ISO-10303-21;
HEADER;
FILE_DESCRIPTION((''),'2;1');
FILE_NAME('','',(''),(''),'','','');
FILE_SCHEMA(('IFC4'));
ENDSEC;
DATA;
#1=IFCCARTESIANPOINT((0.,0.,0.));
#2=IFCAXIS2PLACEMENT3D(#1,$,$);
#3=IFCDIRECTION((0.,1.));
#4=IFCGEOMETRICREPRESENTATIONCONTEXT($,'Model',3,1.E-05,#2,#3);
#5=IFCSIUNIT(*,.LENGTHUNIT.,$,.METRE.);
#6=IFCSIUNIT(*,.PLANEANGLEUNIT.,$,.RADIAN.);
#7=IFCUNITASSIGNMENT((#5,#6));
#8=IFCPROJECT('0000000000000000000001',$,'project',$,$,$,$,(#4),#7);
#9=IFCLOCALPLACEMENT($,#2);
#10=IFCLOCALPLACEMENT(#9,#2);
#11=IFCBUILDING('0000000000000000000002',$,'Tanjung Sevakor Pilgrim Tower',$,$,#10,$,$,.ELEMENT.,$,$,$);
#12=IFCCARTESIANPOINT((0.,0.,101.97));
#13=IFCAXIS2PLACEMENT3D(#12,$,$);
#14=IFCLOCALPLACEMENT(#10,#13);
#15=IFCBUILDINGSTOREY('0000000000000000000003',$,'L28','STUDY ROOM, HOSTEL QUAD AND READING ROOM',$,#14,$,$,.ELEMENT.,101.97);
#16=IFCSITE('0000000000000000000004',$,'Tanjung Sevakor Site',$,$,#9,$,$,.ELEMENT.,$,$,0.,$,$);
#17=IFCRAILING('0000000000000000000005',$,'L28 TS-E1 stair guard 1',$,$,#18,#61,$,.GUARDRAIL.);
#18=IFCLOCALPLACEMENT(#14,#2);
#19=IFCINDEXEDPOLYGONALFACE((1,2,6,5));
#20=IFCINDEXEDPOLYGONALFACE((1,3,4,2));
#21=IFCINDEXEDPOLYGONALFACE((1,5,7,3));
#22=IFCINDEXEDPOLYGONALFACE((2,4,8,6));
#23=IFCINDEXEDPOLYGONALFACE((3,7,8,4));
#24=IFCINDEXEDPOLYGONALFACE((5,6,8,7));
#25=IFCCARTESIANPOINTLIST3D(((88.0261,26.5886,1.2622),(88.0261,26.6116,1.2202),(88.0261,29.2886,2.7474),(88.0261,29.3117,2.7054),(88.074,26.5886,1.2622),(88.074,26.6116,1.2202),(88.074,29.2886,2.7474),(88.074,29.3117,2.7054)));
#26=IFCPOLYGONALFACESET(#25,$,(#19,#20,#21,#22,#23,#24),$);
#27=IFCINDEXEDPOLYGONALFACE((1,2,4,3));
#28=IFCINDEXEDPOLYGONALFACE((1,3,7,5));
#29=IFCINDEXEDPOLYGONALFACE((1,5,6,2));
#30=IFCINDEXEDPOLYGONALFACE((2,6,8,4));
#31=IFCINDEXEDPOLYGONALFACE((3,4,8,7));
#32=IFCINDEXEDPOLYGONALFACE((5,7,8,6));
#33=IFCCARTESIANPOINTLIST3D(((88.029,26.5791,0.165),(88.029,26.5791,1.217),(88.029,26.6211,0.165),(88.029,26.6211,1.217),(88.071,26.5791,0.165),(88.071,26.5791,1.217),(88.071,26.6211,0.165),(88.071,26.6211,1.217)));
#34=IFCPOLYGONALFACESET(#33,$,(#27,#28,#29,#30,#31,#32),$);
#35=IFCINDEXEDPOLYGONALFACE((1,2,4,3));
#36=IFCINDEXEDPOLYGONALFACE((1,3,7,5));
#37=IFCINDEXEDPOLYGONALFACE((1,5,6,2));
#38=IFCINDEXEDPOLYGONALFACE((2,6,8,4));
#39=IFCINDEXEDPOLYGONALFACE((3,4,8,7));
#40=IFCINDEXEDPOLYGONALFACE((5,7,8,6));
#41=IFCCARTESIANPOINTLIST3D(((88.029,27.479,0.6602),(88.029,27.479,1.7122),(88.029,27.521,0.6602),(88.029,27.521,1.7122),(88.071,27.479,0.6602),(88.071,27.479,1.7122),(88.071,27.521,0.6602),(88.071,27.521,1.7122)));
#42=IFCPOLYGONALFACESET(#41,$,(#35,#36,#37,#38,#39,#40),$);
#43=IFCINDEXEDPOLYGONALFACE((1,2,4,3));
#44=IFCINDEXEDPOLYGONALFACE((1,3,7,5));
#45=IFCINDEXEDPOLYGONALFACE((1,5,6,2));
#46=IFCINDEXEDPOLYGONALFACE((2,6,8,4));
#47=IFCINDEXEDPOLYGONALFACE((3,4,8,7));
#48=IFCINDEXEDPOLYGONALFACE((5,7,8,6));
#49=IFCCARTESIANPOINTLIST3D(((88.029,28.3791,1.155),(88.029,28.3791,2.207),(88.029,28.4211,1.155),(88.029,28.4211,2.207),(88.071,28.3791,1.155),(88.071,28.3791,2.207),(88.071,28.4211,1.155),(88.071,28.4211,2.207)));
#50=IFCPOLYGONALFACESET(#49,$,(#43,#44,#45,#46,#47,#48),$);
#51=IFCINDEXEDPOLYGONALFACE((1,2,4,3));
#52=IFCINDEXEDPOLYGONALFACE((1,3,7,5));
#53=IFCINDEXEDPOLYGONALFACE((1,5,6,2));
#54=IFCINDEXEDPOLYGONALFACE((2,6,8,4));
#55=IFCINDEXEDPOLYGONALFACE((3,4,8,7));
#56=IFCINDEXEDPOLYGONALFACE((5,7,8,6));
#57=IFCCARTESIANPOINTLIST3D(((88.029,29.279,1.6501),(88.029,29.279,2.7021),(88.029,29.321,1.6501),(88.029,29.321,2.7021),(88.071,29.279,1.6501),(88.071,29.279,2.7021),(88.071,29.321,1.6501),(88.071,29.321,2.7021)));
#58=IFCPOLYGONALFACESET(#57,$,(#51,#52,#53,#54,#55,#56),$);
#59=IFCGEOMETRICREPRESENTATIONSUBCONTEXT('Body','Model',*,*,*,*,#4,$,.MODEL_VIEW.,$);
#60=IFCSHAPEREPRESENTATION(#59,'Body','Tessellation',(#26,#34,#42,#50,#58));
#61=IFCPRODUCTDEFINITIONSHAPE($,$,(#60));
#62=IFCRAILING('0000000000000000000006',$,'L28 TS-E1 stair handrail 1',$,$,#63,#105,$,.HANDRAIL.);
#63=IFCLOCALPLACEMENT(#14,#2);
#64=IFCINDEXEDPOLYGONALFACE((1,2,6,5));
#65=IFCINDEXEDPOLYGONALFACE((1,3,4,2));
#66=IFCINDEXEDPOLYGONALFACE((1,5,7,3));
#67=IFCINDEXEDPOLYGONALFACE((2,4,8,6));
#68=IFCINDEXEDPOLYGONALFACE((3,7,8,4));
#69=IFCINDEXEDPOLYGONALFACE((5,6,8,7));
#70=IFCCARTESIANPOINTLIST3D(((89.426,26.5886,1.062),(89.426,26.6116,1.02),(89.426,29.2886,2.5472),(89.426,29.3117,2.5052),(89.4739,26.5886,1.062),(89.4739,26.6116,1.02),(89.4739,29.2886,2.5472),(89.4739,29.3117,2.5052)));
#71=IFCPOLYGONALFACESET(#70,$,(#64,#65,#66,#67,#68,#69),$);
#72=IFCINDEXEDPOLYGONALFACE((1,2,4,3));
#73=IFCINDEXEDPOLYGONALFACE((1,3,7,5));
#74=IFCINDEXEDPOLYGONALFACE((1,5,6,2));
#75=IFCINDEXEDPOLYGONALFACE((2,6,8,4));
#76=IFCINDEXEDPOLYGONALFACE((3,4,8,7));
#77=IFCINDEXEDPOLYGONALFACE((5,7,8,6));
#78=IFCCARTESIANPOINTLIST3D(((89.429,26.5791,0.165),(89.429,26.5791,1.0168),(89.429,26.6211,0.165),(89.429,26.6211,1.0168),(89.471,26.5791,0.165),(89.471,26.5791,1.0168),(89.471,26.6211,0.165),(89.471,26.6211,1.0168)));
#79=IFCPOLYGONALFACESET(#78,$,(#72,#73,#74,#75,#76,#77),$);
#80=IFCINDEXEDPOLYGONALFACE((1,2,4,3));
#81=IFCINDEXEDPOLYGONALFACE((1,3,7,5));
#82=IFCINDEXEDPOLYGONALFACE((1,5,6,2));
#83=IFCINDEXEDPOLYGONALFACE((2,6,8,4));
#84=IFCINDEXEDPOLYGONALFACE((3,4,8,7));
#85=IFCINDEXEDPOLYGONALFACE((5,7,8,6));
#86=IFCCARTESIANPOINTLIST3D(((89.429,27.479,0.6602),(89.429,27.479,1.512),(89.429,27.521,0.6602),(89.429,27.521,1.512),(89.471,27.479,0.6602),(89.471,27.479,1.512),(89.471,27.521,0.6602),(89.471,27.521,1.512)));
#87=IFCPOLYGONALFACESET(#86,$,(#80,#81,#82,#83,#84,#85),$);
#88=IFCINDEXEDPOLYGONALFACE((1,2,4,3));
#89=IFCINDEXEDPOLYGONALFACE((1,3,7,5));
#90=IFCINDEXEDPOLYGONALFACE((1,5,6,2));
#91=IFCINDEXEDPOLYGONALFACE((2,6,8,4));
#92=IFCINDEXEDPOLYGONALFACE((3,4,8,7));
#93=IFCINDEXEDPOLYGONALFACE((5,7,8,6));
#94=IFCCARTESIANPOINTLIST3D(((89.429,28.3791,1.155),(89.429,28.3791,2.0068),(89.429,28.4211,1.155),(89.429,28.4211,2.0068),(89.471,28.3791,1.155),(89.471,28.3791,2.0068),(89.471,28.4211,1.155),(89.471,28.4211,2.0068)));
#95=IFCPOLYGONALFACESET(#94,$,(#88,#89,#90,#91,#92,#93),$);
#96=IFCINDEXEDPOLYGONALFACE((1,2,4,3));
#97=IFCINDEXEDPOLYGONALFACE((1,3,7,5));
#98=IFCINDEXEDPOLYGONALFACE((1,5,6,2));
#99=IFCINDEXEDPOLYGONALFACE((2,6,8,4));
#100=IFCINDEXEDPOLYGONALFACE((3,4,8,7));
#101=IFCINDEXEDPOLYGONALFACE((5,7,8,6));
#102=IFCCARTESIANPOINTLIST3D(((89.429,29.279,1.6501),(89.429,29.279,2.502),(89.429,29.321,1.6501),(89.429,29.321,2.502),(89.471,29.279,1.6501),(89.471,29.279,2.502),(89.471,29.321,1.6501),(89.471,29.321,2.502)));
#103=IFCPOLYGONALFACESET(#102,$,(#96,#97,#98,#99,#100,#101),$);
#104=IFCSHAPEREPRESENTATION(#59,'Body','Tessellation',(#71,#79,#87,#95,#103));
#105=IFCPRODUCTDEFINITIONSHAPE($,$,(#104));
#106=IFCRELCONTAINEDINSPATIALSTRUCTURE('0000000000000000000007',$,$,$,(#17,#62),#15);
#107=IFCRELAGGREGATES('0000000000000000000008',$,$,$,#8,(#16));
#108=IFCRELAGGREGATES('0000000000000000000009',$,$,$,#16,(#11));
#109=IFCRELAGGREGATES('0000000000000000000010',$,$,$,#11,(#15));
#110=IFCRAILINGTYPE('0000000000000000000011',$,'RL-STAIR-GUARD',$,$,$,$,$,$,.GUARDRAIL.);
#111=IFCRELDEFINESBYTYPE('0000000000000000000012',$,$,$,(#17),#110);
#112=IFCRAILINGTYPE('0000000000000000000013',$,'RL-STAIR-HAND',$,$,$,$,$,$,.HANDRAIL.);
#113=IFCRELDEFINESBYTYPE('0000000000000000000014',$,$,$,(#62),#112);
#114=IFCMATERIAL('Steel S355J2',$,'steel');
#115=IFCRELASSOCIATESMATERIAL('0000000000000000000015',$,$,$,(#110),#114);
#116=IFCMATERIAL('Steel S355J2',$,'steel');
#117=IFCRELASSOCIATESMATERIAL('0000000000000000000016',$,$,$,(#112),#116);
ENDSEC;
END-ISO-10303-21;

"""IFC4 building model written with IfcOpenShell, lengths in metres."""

from ifc_helpers import new_model, si_unit, direction, frame, origin, place, context, subcontext, project, spatial, rectangle, extrude, material, type_object, element, save


model = new_model("IFC4")

# Units and contexts
model_context = context("Model", 3, precision=1e-05, world=origin(), true_north=direction((0.0, 1.0)))
body_context = subcontext(model_context, "Body", "Model", "MODEL_VIEW")
ifc_project = project(units=[si_unit("LENGTHUNIT", "METRE"), si_unit("PLANEANGLEUNIT", "RADIAN")], contexts=[model_context])

# Site, building, storey
site_placement = place(None, origin())
site = spatial("IfcSite", under=ifc_project, at=site_placement, Name="Tanjung Sevakor Site", CompositionType="ELEMENT", RefElevation=0.0)
building_placement = place(site_placement, origin())
building = spatial("IfcBuilding", under=site, at=building_placement, Name="Tanjung Sevakor Pilgrim Tower", CompositionType="ELEMENT")
storey_placement = place(building_placement, frame((0.0, 0.0, 101.97)))
storey = spatial("IfcBuildingStorey", under=building, at=storey_placement, Name="L28", Description="STUDY ROOM, HOSTEL QUAD AND READING ROOM", CompositionType="ELEMENT", Elevation=101.97)

# Railings
ifc_material_1 = material(Name="Steel S355J2", Category="steel")
railing_type_1 = type_object("IfcRailingType", Name="RL-STAIR-GUARD", PredefinedType="GUARDRAIL", material=ifc_material_1)
railing_1_placement = place(storey_placement, frame((88.05, 26.6001, 0.165)))
element("IfcRailing", 1, at=railing_1_placement, inside=storey, type_object=railing_type_1, Name="L28 TS-E1 stair guard 1", PredefinedType="GUARDRAIL", context=body_context, shape_type="SweptSolid", body=[
    extrude(rectangle(XDim=0.0479, YDim=0.0479), frame((0.0, 0.0, 1.0762), z_axis=(0.0, 0.876198, 0.481952), x_axis=(-1.0, 0.0, 0.0)), (0.0, 0.0, 1.0), 3.0815),
    extrude(rectangle(XDim=0.042, YDim=0.042), origin(), (0.0, 0.0, 1.0), 1.052),
    extrude(rectangle(XDim=0.042, YDim=0.042), frame((0.0, 0.8999, 0.4951)), (0.0, 0.0, 1.0), 1.052),
    extrude(rectangle(XDim=0.042, YDim=0.042), frame((0.0, 1.8, 0.99)), (0.0, 0.0, 1.0), 1.052),
    extrude(rectangle(XDim=0.042, YDim=0.042), frame((0.0, 2.7, 1.4851)), (0.0, 0.0, 1.0), 1.052),
])
ifc_material_2 = material(Name="Steel S355J2", Category="steel")
railing_type_2 = type_object("IfcRailingType", Name="RL-STAIR-HAND", PredefinedType="HANDRAIL", material=ifc_material_2)
railing_2_placement = place(storey_placement, frame((89.45, 26.6001, 0.165)))
element("IfcRailing", 2, at=railing_2_placement, inside=storey, type_object=railing_type_2, Name="L28 TS-E1 stair handrail 1", PredefinedType="HANDRAIL", context=body_context, shape_type="SweptSolid", body=[
    extrude(rectangle(XDim=0.0479, YDim=0.0479), frame((0.0, 0.0, 0.876), z_axis=(0.0, 0.876198, 0.481952), x_axis=(-1.0, 0.0, 0.0)), (0.0, 0.0, 1.0), 3.0815),
    extrude(rectangle(XDim=0.042, YDim=0.042), origin(), (0.0, 0.0, 1.0), 0.8518),
    extrude(rectangle(XDim=0.042, YDim=0.042), frame((0.0, 0.8999, 0.4951)), (0.0, 0.0, 1.0), 0.8518),
    extrude(rectangle(XDim=0.042, YDim=0.042), frame((0.0, 1.8, 0.99)), (0.0, 0.0, 1.0), 0.8518),
    extrude(rectangle(XDim=0.042, YDim=0.042), frame((0.0, 2.7, 1.4851)), (0.0, 0.0, 1.0), 0.8518),
])

save(model, "model.ifc")
